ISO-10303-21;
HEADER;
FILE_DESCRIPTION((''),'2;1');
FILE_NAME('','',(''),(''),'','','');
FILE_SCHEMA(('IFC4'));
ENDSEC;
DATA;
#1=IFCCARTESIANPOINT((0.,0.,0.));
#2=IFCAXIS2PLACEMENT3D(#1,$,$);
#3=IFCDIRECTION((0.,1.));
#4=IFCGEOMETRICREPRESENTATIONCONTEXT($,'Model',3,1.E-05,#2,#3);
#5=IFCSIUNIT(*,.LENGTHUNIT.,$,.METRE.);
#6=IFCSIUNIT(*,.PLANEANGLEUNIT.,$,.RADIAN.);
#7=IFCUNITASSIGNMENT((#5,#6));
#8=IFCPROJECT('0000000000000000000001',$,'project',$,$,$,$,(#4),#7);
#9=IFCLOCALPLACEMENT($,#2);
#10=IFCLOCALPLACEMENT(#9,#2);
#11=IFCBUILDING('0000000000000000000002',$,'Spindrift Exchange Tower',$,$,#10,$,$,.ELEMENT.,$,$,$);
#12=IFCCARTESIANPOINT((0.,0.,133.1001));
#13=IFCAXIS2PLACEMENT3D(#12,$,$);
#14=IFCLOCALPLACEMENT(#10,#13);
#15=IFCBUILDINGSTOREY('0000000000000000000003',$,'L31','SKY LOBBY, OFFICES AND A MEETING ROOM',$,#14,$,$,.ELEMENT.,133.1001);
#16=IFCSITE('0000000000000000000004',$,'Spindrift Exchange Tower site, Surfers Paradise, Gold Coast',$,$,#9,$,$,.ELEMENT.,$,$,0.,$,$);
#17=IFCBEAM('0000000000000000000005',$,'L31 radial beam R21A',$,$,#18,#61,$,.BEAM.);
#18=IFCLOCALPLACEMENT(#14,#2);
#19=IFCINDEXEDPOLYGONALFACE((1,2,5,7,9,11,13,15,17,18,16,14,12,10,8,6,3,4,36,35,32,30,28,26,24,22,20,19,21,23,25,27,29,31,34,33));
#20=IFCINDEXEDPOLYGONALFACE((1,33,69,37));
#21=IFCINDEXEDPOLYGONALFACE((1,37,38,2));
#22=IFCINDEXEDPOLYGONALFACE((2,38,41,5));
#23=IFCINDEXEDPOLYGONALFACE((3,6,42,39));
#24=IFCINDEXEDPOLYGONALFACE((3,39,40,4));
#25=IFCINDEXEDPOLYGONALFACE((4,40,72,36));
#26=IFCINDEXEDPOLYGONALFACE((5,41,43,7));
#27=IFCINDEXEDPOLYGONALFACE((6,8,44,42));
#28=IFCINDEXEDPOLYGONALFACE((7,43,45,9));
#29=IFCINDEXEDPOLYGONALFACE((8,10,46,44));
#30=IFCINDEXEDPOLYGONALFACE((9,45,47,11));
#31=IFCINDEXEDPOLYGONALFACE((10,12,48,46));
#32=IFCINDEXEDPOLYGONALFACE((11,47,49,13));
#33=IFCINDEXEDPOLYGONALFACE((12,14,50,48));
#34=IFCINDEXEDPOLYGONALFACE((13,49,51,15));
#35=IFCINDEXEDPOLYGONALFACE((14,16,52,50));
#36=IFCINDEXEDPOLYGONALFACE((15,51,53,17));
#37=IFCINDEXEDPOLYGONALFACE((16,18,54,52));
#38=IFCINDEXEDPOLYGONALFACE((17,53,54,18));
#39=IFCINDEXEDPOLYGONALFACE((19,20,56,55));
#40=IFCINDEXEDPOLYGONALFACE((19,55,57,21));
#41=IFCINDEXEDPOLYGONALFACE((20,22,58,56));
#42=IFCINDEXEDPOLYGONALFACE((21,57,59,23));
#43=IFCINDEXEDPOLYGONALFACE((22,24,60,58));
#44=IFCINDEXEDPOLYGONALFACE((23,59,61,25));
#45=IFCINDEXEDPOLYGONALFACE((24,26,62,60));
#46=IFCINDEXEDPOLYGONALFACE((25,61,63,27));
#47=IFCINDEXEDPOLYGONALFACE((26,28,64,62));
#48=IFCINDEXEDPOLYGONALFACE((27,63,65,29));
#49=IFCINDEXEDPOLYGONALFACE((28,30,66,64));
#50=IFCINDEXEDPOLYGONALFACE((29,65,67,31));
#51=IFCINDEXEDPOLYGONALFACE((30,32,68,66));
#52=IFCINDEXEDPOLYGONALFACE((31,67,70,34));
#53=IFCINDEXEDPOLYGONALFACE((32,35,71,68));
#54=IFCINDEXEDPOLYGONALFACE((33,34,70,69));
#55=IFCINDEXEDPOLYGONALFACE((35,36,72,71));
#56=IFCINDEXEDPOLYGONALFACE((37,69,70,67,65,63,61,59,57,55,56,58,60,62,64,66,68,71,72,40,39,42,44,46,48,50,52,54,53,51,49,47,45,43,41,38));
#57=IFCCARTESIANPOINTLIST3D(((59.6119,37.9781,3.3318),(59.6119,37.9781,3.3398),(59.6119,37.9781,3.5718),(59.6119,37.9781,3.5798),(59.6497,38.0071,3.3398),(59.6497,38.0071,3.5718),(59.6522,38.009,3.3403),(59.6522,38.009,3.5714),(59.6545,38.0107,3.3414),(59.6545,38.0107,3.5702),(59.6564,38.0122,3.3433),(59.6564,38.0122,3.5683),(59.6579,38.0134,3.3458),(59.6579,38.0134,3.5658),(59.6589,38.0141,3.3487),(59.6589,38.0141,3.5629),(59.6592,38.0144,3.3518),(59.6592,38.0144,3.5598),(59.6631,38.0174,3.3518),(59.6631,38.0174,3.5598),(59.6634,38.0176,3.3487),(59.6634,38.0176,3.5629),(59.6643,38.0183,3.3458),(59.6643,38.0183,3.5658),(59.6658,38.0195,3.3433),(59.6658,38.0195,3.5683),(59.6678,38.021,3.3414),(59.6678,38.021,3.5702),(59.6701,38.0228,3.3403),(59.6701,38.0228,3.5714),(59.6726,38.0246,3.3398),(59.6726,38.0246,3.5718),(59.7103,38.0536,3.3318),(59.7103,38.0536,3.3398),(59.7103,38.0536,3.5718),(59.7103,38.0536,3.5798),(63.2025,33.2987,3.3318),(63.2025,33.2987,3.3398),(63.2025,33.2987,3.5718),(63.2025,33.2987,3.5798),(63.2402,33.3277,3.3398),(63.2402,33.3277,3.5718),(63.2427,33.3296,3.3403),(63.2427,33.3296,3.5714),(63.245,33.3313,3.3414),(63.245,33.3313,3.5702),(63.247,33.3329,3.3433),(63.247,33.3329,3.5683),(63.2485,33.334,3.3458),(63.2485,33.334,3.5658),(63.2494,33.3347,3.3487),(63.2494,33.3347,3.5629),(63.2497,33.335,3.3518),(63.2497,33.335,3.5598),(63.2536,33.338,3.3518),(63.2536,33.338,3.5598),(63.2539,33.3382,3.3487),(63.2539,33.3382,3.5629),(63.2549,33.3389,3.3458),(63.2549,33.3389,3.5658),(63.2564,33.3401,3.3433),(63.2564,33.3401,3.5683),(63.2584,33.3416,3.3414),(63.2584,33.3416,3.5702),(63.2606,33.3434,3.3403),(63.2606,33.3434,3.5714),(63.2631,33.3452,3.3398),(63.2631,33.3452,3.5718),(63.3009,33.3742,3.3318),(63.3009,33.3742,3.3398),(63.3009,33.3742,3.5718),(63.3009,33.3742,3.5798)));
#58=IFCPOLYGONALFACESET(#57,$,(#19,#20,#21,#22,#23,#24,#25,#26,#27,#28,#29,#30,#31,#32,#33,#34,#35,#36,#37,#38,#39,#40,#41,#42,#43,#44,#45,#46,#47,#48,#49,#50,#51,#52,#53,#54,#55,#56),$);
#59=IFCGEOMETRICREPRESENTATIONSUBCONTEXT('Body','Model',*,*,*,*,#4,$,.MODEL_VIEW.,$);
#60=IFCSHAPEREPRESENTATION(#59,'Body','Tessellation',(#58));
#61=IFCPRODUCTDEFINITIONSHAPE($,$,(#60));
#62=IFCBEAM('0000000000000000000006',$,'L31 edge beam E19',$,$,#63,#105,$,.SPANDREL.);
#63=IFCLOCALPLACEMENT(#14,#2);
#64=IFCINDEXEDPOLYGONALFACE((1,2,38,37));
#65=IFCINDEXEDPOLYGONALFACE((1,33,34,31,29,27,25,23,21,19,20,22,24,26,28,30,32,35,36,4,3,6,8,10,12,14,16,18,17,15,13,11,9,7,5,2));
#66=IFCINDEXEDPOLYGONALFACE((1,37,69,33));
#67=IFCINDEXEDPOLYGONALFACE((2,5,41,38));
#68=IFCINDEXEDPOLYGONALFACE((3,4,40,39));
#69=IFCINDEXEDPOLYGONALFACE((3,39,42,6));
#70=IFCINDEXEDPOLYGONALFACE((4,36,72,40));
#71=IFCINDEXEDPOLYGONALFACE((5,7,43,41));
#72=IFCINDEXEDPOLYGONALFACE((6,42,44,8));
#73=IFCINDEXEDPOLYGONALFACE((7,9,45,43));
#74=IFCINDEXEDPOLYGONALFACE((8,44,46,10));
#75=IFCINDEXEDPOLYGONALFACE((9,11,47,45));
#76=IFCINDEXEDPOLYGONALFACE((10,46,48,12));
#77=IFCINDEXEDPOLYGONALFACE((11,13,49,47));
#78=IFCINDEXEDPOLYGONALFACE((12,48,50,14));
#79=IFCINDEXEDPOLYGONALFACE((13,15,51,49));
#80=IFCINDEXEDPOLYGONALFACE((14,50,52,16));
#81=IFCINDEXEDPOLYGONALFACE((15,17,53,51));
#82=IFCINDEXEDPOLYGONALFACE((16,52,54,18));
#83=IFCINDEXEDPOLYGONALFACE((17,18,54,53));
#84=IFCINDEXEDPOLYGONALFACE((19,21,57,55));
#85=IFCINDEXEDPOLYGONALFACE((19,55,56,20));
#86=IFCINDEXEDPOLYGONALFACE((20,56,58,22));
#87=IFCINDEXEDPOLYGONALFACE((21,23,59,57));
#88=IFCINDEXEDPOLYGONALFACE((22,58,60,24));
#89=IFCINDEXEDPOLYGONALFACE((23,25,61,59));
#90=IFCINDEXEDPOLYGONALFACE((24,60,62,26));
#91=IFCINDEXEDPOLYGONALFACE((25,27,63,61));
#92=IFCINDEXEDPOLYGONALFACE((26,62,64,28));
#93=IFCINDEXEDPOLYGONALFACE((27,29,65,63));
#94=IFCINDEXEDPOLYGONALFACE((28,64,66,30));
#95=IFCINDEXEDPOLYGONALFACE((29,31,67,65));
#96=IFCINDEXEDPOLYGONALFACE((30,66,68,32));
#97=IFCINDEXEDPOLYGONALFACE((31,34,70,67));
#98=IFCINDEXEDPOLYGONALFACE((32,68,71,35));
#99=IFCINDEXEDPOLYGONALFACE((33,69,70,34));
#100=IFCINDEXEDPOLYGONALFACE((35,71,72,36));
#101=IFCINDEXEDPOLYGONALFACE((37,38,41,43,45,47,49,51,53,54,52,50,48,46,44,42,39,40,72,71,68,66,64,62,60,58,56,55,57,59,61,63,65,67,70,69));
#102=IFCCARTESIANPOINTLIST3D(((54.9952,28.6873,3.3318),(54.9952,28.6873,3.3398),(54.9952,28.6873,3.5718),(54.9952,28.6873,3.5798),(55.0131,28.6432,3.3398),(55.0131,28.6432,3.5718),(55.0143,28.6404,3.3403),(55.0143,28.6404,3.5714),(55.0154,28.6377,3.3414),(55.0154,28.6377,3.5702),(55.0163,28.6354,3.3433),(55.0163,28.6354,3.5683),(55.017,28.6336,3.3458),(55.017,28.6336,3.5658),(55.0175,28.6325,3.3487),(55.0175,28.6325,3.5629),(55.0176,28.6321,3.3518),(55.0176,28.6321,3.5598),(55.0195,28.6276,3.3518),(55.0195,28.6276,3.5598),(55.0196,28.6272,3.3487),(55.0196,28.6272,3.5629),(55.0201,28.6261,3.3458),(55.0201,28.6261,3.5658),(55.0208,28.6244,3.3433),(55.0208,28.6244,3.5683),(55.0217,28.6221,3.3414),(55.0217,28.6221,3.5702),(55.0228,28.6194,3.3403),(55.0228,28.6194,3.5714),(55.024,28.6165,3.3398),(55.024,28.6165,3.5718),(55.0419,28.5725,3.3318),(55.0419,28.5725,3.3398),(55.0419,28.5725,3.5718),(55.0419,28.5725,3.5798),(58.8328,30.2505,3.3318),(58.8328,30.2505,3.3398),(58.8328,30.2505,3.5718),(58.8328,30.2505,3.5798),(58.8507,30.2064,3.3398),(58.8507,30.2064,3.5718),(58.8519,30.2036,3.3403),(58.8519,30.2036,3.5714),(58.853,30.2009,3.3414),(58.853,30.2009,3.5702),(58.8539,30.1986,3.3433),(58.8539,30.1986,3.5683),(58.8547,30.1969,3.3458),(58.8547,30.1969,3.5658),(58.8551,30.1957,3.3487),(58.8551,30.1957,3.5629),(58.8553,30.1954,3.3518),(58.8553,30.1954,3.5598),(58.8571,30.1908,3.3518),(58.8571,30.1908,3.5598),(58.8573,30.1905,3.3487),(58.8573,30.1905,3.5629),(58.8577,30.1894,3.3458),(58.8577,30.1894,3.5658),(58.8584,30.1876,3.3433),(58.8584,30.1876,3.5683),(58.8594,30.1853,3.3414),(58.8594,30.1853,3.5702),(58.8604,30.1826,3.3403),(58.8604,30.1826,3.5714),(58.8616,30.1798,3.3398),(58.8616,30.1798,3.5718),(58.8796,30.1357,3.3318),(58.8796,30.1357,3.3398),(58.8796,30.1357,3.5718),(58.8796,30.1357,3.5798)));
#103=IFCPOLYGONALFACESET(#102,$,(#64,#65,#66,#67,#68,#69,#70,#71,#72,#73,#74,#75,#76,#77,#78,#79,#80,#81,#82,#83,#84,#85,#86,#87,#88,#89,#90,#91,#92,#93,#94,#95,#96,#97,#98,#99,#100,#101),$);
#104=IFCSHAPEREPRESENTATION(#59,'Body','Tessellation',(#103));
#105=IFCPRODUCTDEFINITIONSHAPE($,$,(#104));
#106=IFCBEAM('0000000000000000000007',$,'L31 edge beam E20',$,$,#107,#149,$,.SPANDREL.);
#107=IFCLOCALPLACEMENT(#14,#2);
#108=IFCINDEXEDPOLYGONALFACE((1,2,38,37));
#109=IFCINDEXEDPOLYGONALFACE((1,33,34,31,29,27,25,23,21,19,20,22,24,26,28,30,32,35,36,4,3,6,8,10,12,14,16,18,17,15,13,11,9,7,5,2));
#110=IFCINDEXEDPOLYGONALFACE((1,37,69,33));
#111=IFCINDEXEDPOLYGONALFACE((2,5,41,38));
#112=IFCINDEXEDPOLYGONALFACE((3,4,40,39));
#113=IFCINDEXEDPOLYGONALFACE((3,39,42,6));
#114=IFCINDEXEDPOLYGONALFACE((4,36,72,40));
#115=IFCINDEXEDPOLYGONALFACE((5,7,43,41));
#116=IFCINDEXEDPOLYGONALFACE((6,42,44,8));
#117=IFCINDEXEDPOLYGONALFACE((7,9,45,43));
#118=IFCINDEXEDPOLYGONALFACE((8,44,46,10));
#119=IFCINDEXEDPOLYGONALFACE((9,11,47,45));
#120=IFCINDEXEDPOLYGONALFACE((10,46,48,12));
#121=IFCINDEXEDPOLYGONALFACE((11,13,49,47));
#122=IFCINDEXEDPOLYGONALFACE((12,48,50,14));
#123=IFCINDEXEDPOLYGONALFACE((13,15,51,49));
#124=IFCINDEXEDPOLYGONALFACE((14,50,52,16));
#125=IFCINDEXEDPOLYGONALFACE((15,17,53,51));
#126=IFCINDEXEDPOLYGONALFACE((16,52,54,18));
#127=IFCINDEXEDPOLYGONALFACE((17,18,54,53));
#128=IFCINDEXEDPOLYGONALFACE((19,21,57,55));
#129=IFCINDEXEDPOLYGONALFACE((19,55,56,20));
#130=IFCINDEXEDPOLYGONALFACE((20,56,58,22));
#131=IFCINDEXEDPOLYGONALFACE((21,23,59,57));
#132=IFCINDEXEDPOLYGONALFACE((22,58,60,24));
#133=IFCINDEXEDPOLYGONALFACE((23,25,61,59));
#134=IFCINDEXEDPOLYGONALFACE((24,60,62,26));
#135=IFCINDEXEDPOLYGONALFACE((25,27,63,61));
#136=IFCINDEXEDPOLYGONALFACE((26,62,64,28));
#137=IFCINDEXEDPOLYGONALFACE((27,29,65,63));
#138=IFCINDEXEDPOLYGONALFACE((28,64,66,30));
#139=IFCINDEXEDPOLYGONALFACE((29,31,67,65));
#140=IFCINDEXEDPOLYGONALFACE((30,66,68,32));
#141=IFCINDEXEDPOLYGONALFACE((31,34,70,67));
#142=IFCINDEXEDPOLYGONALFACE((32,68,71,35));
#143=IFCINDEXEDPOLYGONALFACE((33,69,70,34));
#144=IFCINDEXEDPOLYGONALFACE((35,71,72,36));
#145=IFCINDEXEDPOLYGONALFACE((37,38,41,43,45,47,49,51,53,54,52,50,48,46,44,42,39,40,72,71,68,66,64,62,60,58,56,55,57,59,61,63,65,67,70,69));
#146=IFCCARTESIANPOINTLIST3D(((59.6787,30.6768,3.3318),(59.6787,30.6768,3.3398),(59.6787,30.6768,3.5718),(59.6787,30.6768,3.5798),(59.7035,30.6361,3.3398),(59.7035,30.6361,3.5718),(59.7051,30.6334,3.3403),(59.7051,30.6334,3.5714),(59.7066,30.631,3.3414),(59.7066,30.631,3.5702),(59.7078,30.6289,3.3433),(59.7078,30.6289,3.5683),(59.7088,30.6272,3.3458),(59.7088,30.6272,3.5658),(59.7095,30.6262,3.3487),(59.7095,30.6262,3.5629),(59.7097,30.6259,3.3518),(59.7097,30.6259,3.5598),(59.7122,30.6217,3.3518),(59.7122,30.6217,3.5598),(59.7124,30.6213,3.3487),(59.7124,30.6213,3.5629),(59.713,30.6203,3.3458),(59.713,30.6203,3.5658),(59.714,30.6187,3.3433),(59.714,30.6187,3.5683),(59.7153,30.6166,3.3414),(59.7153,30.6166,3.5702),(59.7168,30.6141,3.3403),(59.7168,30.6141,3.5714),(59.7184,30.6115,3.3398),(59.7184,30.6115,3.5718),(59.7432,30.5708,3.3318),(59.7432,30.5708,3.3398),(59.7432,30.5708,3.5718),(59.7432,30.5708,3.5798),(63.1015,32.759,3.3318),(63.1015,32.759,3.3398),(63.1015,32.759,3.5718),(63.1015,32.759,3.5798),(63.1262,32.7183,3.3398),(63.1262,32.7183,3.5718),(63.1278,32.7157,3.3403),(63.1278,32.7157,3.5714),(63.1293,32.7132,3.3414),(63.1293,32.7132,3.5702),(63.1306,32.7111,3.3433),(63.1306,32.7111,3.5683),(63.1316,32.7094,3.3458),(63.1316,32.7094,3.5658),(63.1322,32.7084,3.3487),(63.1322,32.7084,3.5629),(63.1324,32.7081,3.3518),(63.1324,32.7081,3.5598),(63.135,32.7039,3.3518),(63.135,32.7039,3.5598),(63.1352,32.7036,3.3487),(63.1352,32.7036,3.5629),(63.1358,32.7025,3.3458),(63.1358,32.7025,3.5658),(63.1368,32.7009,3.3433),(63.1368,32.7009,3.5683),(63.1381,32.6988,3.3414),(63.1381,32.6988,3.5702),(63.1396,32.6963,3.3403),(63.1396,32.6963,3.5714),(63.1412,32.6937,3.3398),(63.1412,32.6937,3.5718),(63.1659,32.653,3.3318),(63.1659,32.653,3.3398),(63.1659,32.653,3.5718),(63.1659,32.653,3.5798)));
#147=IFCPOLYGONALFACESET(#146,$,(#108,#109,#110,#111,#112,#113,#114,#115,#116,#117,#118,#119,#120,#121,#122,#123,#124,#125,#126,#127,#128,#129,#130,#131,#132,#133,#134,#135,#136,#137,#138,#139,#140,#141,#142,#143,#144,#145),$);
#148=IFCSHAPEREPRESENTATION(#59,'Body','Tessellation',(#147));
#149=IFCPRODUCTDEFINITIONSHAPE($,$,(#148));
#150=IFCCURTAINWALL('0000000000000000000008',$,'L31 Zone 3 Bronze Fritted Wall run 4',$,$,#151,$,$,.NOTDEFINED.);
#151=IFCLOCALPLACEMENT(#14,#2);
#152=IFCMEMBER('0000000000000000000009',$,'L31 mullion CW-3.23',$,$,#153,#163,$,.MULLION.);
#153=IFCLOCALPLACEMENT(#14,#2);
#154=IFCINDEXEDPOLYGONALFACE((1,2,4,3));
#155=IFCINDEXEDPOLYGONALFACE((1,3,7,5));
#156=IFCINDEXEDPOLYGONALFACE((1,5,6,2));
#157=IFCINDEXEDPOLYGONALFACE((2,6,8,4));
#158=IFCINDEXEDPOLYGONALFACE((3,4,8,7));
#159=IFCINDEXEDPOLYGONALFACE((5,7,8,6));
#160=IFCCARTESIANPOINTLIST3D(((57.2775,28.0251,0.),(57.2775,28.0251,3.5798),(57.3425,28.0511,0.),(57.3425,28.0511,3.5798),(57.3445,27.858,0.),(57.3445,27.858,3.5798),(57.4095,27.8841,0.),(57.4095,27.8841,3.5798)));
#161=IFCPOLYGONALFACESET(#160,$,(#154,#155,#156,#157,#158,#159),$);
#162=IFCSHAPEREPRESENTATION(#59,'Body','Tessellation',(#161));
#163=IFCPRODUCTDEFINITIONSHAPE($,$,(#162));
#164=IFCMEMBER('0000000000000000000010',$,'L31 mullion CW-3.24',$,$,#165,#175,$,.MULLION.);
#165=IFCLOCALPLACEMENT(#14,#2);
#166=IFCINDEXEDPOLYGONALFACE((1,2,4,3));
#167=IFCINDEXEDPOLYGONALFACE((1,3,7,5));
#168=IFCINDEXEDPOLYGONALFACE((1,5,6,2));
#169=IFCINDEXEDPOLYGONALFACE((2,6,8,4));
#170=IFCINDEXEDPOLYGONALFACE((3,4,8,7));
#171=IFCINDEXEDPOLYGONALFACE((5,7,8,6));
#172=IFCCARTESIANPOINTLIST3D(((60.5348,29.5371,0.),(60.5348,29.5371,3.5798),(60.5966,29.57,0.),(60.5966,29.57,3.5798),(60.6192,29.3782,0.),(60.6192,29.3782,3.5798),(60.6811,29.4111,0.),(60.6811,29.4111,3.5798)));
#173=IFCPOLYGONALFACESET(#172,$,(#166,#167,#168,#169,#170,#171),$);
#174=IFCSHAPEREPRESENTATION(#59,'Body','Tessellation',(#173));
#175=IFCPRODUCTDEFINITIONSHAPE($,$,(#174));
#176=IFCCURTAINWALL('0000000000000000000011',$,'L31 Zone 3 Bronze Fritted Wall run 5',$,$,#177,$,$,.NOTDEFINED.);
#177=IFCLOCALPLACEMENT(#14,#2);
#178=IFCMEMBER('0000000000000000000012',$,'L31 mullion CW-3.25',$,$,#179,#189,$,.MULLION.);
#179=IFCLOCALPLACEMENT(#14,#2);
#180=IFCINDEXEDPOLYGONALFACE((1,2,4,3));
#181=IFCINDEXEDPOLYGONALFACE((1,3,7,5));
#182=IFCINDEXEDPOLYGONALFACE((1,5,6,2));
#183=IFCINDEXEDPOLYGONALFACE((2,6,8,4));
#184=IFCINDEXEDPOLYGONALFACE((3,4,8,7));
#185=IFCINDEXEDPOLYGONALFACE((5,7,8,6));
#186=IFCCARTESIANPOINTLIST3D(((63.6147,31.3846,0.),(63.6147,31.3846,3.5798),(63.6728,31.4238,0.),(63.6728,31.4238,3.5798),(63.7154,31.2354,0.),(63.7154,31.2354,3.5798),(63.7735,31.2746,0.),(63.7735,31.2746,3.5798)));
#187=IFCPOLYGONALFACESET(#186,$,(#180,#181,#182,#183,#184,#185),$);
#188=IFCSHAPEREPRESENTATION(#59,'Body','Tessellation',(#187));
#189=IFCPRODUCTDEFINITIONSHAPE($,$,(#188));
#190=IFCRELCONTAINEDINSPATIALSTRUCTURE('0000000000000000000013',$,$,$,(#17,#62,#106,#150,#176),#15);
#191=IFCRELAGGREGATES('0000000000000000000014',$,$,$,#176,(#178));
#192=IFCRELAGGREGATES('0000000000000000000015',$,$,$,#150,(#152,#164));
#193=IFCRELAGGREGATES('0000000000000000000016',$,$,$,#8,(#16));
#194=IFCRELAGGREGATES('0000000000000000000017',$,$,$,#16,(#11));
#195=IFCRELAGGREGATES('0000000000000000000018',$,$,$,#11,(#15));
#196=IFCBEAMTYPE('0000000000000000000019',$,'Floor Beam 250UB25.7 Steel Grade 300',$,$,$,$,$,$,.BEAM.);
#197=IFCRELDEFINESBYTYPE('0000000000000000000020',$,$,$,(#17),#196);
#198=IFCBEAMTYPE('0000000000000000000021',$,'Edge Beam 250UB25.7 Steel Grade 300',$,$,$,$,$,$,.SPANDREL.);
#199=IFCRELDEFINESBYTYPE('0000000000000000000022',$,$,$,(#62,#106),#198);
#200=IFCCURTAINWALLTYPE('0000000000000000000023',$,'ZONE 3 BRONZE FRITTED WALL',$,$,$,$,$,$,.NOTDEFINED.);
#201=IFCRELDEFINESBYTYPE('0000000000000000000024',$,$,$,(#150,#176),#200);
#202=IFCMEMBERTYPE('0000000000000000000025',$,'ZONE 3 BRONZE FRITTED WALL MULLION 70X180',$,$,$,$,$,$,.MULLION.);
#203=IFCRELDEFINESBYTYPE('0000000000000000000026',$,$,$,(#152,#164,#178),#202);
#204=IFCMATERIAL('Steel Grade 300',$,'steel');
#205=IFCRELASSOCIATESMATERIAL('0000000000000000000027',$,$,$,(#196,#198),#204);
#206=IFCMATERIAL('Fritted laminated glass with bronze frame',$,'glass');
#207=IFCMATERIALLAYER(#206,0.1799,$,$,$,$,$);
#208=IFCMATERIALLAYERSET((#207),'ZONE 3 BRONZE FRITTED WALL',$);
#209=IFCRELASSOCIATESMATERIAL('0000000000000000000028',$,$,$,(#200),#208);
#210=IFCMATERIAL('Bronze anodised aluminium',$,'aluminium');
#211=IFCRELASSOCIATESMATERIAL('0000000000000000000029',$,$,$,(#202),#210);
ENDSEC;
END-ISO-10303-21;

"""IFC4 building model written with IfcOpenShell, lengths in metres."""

from ifc_helpers import new_model, si_unit, direction, frame, origin, origin_2d, place, context, subcontext, project, spatial, rectangle, i_section, extrude, source, transform, mapped, material, layer, layer_set, material_profile, profile_set, type_object, element, aggregate, save


model = new_model("IFC4")

# Units and contexts
model_context = context("Model", 3, precision=1e-05, world=origin(), true_north=direction((0.0, 1.0)))
body_context = subcontext(model_context, "Body", "Model", "MODEL_VIEW")
ifc_project = project(units=[si_unit("LENGTHUNIT", "METRE"), si_unit("PLANEANGLEUNIT", "RADIAN")], contexts=[model_context])

# Site, building, storey
site_placement = place(None, origin())
site = spatial("IfcSite", under=ifc_project, at=site_placement, Name="Spindrift Exchange Tower site, Surfers Paradise, Gold Coast", CompositionType="ELEMENT", RefElevation=0.0)
building_placement = place(site_placement, origin())
building = spatial("IfcBuilding", under=site, at=building_placement, Name="Spindrift Exchange Tower", CompositionType="ELEMENT")
storey_placement = place(building_placement, frame((0.0, 0.0, 133.1001)))
storey = spatial("IfcBuildingStorey", under=building, at=storey_placement, Name="L31", Description="SKY LOBBY, OFFICES AND A MEETING ROOM", CompositionType="ELEMENT", Elevation=133.1001)

# Beams
ifc_material_1 = material(Name="Steel Grade 300", Category="steel")
ifc_material_profile_1 = material_profile(ifc_material_1, i_section(OverallWidth=0.124, OverallDepth=0.248, WebThickness=0.0049, FlangeThickness=0.0081, FilletRadius=0.012, at=origin_2d()), Name="250UB25.7")
ifc_profile_set_1 = profile_set([ifc_material_profile_1], Name="Steel Grade 300")
beam_type_1 = type_object("IfcBeamType", Name="Floor Beam 250UB25.7 Steel Grade 300", PredefinedType="BEAM", material=ifc_profile_set_1)
shared_shape_1 = source(origin(), body_context, "Body", "SweptSolid", [
    extrude(i_section(OverallWidth=0.124, OverallDepth=0.248, WebThickness=0.0049, FlangeThickness=0.0081, FilletRadius=0.012, at=origin_2d()), origin(), (0.0, 0.0, 1.0), 5.8982),
])
beam_1_placement = place(storey_placement, frame((59.6611, 38.0159, 3.4558), z_axis=(0.608752, -0.79336, 0.0), x_axis=(0.79336, 0.608752, 0.0)))
element("IfcBeam", 1, at=beam_1_placement, inside=storey, type_object=beam_type_1, Name="L31 radial beam R21A", PredefinedType="BEAM", context=body_context, shape_type="MappedRepresentation", body=[
    mapped(shared_shape_1, transform((0.0, 0.0, 0.0), scale=1.0)),
])
ifc_material_profile_2 = material_profile(ifc_material_1, i_section(OverallWidth=0.124, OverallDepth=0.248, WebThickness=0.0049, FlangeThickness=0.0081, FilletRadius=0.012, at=origin_2d()), Name="250UB25.7")
ifc_profile_set_2 = profile_set([ifc_material_profile_2], Name="Steel Grade 300")
beam_type_2 = type_object("IfcBeamType", Name="Edge Beam 250UB25.7 Steel Grade 300", PredefinedType="SPANDREL", material=ifc_profile_set_2)
shared_shape_2 = source(origin(), body_context, "Body", "SweptSolid", [
    extrude(i_section(OverallWidth=0.124, OverallDepth=0.248, WebThickness=0.0049, FlangeThickness=0.0081, FilletRadius=0.012, at=origin_2d()), origin(), (0.0, 0.0, 1.0), 4.1438),
])
beam_2_placement = place(storey_placement, frame((55.0186, 28.6299, 3.4558), z_axis=(0.926114, 0.377244, 0.0), x_axis=(-0.377244, 0.926114, 0.0)))
element("IfcBeam", 2, at=beam_2_placement, inside=storey, type_object=beam_type_2, Name="L31 edge beam E19", PredefinedType="SPANDREL", context=body_context, shape_type="MappedRepresentation", body=[
    mapped(shared_shape_2, transform((0.0, 0.0, 0.0), scale=1.0)),
])
shared_shape_3 = source(origin(), body_context, "Body", "SweptSolid", [
    extrude(i_section(OverallWidth=0.124, OverallDepth=0.248, WebThickness=0.0049, FlangeThickness=0.0081, FilletRadius=0.012, at=origin_2d()), origin(), (0.0, 0.0, 1.0), 4.0063),
])
beam_3_placement = place(storey_placement, frame((59.7109, 30.6238, 3.4558), z_axis=(0.854331, 0.519728, 0.0), x_axis=(-0.519728, 0.854331, 0.0)))
element("IfcBeam", 3, at=beam_3_placement, inside=storey, type_object=beam_type_2, Name="L31 edge beam E20", PredefinedType="SPANDREL", context=body_context, shape_type="MappedRepresentation", body=[
    mapped(shared_shape_3, transform((0.0, 0.0, 0.0), scale=1.0)),
])

# Curtain walls, members
ifc_material_2 = material(Name="Fritted laminated glass with bronze frame", Category="glass")
ifc_layer_1 = layer(ifc_material_2, 0.1799)
ifc_layer_set_1 = layer_set([ifc_layer_1], Name="ZONE 3 BRONZE FRITTED WALL")
curtain_wall_type = type_object("IfcCurtainWallType", Name="ZONE 3 BRONZE FRITTED WALL", PredefinedType="NOTDEFINED", material=ifc_layer_set_1)
curtain_wall_1_placement = place(storey_placement, origin())
curtain_wall_1 = element("IfcCurtainWall", 4, at=curtain_wall_1_placement, inside=storey, type_object=curtain_wall_type, Name="L31 Zone 3 Bronze Fritted Wall run 4", PredefinedType="NOTDEFINED")
ifc_material_3 = material(Name="Bronze anodised aluminium", Category="aluminium")
ifc_material_profile_3 = material_profile(ifc_material_3, rectangle(XDim=0.0701, YDim=0.1799, at=origin_2d()), Name="ZONE 3 BRONZE FRITTED WALL MULLION 70X180")
ifc_profile_set_3 = profile_set([ifc_material_profile_3], Name="Bronze anodised aluminium")
member_type_1 = type_object("IfcMemberType", Name="ZONE 3 BRONZE FRITTED WALL MULLION 70X180", PredefinedType="MULLION", material=ifc_profile_set_3)
shared_shape_4 = source(origin(), body_context, "Body", "SweptSolid", [
    extrude(rectangle(XDim=0.0701, YDim=0.1799, at=origin_2d()), origin(), (0.0, 0.0, 1.0), 3.5798),
])
member_1_placement = place(storey_placement, frame((57.3435, 27.9546, 0.0), z_axis=(0.0, 0.0, 1.0), x_axis=(0.928168, 0.372162, 0.0)))
member_1 = element("IfcMember", 5, at=member_1_placement, type_object=member_type_1, Name="L31 mullion CW-3.23", PredefinedType="MULLION", context=body_context, shape_type="MappedRepresentation", body=[
    mapped(shared_shape_4, transform((0.0, 0.0, 0.0), scale=1.0)),
])
member_2_placement = place(storey_placement, frame((60.6079, 29.4741, 0.0), z_axis=(0.0, 0.0, 1.0), x_axis=(0.88305, 0.469279, 0.0)))
member_2 = element("IfcMember", 6, at=member_2_placement, type_object=member_type_1, Name="L31 mullion CW-3.24", PredefinedType="MULLION", context=body_context, shape_type="MappedRepresentation", body=[
    mapped(shared_shape_4, transform((0.0, 0.0, 0.0), scale=1.0)),
])
curtain_wall_2_placement = place(storey_placement, origin())
curtain_wall_2 = element("IfcCurtainWall", 7, at=curtain_wall_2_placement, inside=storey, type_object=curtain_wall_type, Name="L31 Zone 3 Bronze Fritted Wall run 5", PredefinedType="NOTDEFINED")
member_3_placement = place(storey_placement, frame((63.6941, 31.3296, 0.0), z_axis=(0.0, 0.0, 1.0), x_axis=(0.828837, 0.559491, 0.0)))
member_3 = element("IfcMember", 8, at=member_3_placement, type_object=member_type_1, Name="L31 mullion CW-3.25", PredefinedType="MULLION", context=body_context, shape_type="MappedRepresentation", body=[
    mapped(shared_shape_4, transform((0.0, 0.0, 0.0), scale=1.0)),
])
aggregate(curtain_wall_2, [member_3])

aggregate(curtain_wall_1, [member_1, member_2])

save(model, "model.ifc")
